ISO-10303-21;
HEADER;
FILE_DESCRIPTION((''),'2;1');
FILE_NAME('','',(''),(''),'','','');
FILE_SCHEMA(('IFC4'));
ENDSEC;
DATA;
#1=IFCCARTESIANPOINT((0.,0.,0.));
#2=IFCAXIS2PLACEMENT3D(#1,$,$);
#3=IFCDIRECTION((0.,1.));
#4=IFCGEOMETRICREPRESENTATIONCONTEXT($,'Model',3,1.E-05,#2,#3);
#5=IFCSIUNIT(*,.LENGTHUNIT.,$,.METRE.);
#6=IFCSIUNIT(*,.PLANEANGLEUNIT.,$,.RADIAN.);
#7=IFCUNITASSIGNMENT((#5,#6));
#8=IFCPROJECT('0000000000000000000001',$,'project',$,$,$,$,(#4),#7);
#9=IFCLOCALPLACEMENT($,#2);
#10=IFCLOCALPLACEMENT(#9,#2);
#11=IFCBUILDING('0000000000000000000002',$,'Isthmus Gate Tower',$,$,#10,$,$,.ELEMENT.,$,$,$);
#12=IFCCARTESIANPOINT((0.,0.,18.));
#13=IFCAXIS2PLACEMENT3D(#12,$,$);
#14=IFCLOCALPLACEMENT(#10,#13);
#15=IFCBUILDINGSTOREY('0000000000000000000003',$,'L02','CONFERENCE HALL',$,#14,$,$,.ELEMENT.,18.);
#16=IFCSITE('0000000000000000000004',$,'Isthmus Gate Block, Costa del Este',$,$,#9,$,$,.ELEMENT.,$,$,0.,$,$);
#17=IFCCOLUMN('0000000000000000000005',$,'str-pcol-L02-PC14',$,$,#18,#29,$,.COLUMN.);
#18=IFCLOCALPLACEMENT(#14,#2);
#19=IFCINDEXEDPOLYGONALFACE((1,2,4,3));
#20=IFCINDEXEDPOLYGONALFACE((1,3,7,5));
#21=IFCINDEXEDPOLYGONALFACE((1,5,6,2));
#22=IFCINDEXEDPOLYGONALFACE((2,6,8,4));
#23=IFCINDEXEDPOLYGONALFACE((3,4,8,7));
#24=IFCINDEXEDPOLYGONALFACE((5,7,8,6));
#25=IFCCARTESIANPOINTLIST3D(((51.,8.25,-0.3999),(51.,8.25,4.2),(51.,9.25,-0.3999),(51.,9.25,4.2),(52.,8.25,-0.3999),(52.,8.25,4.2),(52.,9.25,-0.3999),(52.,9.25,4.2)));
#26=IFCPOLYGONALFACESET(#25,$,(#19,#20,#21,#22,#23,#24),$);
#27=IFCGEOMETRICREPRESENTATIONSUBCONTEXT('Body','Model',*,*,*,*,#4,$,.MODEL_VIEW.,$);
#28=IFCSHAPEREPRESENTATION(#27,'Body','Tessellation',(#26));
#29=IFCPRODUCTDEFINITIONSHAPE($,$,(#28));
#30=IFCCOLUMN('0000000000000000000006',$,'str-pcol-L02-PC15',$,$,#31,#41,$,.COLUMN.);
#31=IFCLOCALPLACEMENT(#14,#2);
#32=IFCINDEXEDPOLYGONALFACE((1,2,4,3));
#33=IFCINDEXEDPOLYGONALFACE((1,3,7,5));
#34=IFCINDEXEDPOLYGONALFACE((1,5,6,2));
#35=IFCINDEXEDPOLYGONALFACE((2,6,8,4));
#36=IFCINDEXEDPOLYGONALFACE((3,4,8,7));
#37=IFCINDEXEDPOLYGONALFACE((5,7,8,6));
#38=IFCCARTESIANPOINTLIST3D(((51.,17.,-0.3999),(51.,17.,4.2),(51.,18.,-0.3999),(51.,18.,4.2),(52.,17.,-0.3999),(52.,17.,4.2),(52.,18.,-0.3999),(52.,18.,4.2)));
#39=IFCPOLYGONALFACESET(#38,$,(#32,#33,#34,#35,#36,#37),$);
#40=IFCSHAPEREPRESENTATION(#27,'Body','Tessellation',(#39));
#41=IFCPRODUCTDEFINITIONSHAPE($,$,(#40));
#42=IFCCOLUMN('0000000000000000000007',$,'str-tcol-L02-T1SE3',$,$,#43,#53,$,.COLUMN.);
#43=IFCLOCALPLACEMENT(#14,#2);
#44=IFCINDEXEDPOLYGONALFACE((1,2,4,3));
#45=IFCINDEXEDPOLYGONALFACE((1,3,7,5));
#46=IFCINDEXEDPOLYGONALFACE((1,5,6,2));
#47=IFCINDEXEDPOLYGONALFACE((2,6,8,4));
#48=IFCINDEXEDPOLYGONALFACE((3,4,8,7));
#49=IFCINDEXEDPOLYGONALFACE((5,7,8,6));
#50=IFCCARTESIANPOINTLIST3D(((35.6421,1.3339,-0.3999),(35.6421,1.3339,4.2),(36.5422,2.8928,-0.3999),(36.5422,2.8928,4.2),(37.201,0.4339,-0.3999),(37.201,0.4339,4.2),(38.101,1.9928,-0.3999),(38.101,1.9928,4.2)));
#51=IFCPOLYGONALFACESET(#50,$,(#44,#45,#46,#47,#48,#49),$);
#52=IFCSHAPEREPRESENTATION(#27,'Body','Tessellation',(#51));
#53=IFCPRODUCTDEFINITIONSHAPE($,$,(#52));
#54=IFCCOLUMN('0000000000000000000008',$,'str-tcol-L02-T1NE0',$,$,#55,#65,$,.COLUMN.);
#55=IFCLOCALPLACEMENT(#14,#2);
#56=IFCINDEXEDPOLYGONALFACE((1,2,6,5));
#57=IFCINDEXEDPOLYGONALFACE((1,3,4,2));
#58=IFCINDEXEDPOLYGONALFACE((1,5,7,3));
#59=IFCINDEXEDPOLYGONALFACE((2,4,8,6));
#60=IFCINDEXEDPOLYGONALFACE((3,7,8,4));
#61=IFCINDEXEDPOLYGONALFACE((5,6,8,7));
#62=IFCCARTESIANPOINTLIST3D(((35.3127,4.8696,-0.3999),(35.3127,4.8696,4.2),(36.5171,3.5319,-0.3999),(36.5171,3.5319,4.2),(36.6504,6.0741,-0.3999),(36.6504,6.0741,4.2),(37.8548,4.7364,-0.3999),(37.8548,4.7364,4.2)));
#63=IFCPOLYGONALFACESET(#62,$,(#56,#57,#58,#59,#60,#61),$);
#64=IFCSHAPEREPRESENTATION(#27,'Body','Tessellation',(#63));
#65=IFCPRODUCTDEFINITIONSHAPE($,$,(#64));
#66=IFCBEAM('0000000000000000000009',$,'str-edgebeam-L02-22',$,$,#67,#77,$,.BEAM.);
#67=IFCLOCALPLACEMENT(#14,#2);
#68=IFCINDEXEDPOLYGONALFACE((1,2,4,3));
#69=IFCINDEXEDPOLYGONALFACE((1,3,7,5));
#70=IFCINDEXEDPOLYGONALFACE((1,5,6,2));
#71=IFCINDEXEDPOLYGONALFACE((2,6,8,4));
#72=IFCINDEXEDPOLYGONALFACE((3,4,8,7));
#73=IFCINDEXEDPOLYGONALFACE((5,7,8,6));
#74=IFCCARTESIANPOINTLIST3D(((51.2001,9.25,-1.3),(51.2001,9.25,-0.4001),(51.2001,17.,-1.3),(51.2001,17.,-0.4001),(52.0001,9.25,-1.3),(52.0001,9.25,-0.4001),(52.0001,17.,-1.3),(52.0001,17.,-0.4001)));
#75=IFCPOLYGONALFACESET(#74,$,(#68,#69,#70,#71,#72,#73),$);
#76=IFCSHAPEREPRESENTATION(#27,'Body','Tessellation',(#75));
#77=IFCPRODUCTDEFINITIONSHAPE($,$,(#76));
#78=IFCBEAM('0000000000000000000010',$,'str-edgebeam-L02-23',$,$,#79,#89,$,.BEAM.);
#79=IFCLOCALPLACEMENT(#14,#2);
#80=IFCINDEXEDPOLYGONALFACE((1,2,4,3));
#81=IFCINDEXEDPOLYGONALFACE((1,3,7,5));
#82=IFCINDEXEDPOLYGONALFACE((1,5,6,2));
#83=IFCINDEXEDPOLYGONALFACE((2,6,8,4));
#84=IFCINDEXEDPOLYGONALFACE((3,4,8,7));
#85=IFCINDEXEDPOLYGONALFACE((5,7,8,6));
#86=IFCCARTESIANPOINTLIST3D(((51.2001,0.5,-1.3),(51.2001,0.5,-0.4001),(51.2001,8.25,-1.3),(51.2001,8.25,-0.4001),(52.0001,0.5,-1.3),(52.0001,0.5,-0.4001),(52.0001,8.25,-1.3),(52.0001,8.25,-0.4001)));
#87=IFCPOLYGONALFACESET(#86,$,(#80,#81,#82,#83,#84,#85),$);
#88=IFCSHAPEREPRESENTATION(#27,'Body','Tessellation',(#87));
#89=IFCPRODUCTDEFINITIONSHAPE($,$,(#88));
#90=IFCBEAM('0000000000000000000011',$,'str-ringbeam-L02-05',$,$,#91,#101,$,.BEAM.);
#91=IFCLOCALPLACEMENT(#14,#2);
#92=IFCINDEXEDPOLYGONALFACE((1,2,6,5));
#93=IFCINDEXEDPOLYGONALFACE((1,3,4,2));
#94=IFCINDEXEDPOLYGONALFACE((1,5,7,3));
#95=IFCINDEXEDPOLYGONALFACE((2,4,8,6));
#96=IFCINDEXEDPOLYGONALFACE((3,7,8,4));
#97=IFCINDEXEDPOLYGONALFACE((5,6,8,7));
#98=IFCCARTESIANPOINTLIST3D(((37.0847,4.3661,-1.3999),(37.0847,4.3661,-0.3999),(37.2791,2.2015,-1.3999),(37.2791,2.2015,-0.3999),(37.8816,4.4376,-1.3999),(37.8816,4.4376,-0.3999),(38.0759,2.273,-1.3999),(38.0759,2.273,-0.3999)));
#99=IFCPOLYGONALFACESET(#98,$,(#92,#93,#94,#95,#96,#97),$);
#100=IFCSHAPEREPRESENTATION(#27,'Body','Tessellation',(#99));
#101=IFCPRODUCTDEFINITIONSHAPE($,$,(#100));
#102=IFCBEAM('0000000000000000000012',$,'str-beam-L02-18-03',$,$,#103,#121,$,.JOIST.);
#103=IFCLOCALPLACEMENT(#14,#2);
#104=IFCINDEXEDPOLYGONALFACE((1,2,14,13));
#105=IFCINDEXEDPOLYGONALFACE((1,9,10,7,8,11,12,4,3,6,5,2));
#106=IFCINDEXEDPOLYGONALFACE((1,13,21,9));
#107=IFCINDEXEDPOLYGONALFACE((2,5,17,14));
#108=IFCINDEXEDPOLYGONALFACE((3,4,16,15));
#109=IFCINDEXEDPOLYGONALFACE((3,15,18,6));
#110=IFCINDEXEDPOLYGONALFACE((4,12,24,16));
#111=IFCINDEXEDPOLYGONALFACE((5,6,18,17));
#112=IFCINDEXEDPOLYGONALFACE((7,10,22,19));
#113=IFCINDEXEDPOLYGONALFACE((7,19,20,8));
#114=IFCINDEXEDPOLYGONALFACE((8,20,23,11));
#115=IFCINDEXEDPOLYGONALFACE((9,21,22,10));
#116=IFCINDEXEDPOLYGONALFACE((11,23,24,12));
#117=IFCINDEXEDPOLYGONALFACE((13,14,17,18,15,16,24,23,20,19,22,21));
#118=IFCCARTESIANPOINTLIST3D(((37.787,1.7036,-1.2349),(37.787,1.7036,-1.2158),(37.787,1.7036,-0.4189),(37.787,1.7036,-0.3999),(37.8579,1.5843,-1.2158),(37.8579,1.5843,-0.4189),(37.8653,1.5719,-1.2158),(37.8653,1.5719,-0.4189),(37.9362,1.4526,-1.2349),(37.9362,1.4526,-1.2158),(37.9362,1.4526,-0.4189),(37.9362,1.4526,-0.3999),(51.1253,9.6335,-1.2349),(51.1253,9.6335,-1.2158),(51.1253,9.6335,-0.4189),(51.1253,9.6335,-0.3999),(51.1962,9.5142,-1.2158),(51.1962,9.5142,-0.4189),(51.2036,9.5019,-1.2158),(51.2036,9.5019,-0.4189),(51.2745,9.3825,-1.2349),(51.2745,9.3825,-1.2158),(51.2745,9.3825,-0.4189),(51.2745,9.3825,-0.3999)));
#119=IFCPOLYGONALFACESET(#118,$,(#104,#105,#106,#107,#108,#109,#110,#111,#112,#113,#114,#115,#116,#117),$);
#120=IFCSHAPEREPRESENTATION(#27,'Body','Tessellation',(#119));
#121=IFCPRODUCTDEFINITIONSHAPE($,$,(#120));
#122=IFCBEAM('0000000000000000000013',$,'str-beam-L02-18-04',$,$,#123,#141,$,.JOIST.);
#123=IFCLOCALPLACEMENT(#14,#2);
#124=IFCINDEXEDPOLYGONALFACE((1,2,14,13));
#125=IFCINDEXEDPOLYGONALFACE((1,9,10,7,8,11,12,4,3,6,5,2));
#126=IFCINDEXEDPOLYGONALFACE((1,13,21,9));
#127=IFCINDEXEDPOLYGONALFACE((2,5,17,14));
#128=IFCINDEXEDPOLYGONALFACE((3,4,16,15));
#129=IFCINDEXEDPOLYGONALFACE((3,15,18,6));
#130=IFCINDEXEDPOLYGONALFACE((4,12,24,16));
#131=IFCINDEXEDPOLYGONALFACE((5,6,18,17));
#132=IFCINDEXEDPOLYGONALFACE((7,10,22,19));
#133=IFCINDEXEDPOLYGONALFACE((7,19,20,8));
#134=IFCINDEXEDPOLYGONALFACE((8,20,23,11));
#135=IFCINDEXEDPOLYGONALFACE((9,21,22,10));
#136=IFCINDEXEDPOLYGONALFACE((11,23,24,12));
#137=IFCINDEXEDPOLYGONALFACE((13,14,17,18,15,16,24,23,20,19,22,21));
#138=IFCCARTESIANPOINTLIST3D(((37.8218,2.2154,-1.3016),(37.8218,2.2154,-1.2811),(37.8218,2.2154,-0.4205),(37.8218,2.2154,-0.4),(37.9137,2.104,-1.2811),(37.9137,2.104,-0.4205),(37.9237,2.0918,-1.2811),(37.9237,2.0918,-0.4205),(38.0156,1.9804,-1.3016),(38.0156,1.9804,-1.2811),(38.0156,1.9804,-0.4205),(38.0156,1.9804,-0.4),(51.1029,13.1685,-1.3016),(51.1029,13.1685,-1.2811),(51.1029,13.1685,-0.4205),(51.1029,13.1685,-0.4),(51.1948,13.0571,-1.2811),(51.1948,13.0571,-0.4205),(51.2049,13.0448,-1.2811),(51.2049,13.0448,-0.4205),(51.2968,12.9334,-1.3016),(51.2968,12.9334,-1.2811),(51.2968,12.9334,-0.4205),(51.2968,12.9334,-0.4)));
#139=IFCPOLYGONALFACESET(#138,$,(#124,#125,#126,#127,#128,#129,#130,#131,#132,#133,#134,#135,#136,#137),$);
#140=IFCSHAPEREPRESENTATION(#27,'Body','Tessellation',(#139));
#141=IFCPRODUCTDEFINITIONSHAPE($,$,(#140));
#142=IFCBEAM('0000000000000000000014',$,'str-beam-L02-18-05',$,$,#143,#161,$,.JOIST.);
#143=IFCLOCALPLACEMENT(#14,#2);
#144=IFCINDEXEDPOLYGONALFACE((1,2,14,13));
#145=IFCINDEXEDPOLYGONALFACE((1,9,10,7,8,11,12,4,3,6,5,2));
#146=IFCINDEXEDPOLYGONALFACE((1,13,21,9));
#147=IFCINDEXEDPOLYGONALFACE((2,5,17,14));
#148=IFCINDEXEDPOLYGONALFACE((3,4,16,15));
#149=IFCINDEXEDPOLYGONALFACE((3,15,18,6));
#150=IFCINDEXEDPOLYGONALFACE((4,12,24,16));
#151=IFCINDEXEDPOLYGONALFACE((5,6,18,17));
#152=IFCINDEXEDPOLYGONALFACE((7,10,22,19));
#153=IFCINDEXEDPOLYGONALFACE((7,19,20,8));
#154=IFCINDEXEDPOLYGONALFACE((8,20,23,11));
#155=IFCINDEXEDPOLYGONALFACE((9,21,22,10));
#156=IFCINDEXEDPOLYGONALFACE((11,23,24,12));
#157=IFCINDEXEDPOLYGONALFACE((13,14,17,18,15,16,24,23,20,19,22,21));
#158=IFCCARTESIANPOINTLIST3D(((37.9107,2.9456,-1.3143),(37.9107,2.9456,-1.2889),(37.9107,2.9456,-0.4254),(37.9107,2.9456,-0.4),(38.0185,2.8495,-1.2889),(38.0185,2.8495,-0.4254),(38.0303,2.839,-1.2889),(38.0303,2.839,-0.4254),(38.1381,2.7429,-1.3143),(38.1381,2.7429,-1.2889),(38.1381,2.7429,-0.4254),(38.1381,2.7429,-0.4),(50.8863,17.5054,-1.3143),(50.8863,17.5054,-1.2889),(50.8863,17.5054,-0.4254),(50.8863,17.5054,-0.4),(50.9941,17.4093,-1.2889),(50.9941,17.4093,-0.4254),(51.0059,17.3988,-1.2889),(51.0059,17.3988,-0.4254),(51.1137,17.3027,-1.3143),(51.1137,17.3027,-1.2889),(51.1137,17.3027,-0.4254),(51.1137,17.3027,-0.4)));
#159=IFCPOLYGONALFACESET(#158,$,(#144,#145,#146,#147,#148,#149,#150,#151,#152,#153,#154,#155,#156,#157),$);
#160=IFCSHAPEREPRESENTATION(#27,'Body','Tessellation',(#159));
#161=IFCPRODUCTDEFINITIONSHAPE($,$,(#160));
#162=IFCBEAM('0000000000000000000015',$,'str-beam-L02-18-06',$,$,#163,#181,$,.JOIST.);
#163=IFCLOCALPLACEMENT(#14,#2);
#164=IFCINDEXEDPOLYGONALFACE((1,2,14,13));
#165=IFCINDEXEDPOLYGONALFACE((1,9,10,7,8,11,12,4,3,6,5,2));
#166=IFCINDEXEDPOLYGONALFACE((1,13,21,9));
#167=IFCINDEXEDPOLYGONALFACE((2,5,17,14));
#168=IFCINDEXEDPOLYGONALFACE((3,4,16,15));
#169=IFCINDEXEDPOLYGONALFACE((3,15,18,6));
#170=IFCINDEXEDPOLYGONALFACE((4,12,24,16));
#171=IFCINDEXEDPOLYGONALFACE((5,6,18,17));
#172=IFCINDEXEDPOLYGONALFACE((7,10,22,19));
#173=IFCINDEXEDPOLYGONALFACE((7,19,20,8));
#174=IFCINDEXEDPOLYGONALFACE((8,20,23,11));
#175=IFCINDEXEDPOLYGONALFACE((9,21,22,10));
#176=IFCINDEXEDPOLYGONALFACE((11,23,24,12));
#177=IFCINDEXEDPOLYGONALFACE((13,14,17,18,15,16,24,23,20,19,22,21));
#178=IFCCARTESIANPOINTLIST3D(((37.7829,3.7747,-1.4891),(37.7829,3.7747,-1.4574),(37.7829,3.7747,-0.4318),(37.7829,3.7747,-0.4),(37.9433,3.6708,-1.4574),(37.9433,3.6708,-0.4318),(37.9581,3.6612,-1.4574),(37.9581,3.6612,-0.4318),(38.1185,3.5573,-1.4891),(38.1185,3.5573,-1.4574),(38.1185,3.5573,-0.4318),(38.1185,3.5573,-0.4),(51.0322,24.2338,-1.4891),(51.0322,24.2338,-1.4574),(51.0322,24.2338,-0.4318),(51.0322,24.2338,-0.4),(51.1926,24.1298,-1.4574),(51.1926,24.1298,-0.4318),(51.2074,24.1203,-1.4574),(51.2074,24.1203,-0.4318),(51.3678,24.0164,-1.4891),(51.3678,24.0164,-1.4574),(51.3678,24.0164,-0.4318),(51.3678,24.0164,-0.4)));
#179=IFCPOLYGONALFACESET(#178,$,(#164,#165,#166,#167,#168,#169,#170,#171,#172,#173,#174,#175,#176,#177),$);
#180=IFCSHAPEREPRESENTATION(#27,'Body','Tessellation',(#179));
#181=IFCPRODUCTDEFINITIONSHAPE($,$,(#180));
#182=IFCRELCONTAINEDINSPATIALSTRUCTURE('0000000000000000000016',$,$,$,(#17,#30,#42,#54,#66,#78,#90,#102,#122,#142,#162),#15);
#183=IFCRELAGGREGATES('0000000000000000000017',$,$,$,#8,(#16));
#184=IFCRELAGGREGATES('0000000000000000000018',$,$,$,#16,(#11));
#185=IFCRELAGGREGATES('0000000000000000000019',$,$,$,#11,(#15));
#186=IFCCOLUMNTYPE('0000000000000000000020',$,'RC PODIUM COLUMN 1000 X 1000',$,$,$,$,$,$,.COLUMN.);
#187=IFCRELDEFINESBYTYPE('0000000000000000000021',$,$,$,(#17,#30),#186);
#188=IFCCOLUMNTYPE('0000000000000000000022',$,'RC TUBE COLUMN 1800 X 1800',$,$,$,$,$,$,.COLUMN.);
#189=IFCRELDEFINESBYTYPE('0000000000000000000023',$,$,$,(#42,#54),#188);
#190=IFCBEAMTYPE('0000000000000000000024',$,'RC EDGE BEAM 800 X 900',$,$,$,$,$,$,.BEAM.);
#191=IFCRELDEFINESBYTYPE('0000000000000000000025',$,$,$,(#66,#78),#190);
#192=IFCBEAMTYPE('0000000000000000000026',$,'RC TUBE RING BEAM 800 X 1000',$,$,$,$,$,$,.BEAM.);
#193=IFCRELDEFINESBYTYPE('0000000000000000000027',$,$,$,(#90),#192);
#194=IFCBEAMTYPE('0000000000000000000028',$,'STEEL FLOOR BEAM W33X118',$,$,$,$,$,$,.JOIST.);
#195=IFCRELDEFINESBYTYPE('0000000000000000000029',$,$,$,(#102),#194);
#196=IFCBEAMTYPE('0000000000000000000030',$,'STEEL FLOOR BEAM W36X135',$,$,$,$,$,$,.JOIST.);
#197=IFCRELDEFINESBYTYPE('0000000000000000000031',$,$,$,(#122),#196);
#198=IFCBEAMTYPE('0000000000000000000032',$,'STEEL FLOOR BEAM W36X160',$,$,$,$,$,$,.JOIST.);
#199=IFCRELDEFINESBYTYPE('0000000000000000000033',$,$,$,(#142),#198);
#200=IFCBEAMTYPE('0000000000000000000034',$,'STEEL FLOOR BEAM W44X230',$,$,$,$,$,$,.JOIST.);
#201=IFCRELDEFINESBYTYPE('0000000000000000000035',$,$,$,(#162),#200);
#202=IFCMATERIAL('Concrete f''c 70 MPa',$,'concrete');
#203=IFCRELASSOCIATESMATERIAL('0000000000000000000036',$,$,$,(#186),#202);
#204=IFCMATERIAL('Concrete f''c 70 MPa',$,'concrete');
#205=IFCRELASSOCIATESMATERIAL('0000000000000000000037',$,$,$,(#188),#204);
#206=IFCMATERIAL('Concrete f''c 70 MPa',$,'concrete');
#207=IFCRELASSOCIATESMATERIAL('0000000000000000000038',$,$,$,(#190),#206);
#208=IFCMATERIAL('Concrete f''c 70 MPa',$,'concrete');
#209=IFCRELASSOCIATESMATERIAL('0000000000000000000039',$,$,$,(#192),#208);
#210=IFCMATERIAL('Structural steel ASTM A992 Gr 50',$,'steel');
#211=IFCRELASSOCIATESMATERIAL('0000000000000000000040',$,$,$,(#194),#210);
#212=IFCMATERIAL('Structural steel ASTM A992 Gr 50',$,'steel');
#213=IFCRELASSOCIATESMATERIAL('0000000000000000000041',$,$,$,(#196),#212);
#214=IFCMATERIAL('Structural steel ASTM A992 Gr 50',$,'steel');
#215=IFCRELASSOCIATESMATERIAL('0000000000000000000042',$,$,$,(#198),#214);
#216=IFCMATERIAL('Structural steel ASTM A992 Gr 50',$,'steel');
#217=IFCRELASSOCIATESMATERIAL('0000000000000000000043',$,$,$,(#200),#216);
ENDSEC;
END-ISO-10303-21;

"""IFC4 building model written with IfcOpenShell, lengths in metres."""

from ifc_helpers import new_model, si_unit, direction, frame, origin, origin_2d, place, context, subcontext, project, spatial, rectangle, i_section, extrude, material, material_profile, profile_set, type_object, element, save


model = new_model("IFC4")

# Units and contexts
model_context = context("Model", 3, precision=1e-05, world=origin(), true_north=direction((0.0, 1.0)))
body_context = subcontext(model_context, "Body", "Model", "MODEL_VIEW")
ifc_project = project(units=[si_unit("LENGTHUNIT", "METRE"), si_unit("PLANEANGLEUNIT", "RADIAN")], contexts=[model_context])

# Site, building, storey
site_placement = place(None, origin())
site = spatial("IfcSite", under=ifc_project, at=site_placement, Name="Isthmus Gate Block, Costa del Este", CompositionType="ELEMENT", RefElevation=0.0)
building_placement = place(site_placement, origin())
building = spatial("IfcBuilding", under=site, at=building_placement, Name="Isthmus Gate Tower", CompositionType="ELEMENT")
storey_placement = place(building_placement, frame((0.0, 0.0, 18.0)))
storey = spatial("IfcBuildingStorey", under=building, at=storey_placement, Name="L02", Description="CONFERENCE HALL", CompositionType="ELEMENT", Elevation=18.0)

# Columns
ifc_material_1 = material(Name="Concrete f'c 70 MPa", Category="concrete")
ifc_material_profile_1 = material_profile(ifc_material_1, rectangle(XDim=1.0, YDim=1.0, at=origin_2d()), Name="RC 1000X1000")
ifc_profile_set_1 = profile_set([ifc_material_profile_1], Name="Concrete f'c 70 MPa")
column_type_1 = type_object("IfcColumnType", Name="RC PODIUM COLUMN 1000 X 1000", PredefinedType="COLUMN", material=ifc_profile_set_1)
for number, where, z_axis, x_axis, name in (
    (1, (51.5, 8.75, -0.3999), (0.0, 0.0, 1.0), (0.0, 1.0, 0.0), "str-pcol-L02-PC14"),
    (2, (51.5, 17.5, -0.3999), (0.0, 0.0, 1.0), (0.0, 1.0, 0.0), "str-pcol-L02-PC15"),
):
    element("IfcColumn", number, at=place(storey_placement, frame(where, z_axis=z_axis, x_axis=x_axis)), inside=storey, type_object=column_type_1, Name=name, PredefinedType="COLUMN", context=body_context, shape_type="SweptSolid", body=[
        extrude(rectangle(XDim=1.0, YDim=1.0, at=origin_2d()), origin(), (0.0, 0.0, 1.0), 4.5999),
    ])
ifc_material_2 = material(Name="Concrete f'c 70 MPa", Category="concrete")
ifc_material_profile_2 = material_profile(ifc_material_2, rectangle(XDim=1.8, YDim=1.8, at=origin_2d()), Name="RC 1800X1800")
ifc_profile_set_2 = profile_set([ifc_material_profile_2], Name="Concrete f'c 70 MPa")
column_type_2 = type_object("IfcColumnType", Name="RC TUBE COLUMN 1800 X 1800", PredefinedType="COLUMN", material=ifc_profile_set_2)
for number, where, z_axis, x_axis, name in (
    (3, (36.8716, 1.6633, -0.3999), (0.0, 0.0, 1.0), (0.5, 0.866025, 0.0), "str-tcol-L02-T1SE3"),
    (4, (36.5837, 4.803, -0.3999), (0.0, 0.0, 1.0), (-0.669131, 0.743145, 0.0), "str-tcol-L02-T1NE0"),
):
    element("IfcColumn", number, at=place(storey_placement, frame(where, z_axis=z_axis, x_axis=x_axis)), inside=storey, type_object=column_type_2, Name=name, PredefinedType="COLUMN", context=body_context, shape_type="SweptSolid", body=[
        extrude(rectangle(XDim=1.8, YDim=1.8, at=origin_2d()), origin(), (0.0, 0.0, 1.0), 4.5999),
    ])

# Beams
ifc_material_3 = material(Name="Concrete f'c 70 MPa", Category="concrete")
ifc_material_profile_3 = material_profile(ifc_material_3, rectangle(XDim=0.8, YDim=0.8999, at=origin_2d()), Name="RC 800X900")
ifc_profile_set_3 = profile_set([ifc_material_profile_3], Name="Concrete f'c 70 MPa")
beam_type_1 = type_object("IfcBeamType", Name="RC EDGE BEAM 800 X 900", PredefinedType="BEAM", material=ifc_profile_set_3)
for number, where, z_axis, x_axis, name in (
    (5, (51.6001, 17.0, -0.8501), (0.0, -1.0, 0.0), (1.0, 0.0, 0.0), "str-edgebeam-L02-22"),
    (6, (51.6001, 8.25, -0.8501), (0.0, -1.0, 0.0), (1.0, 0.0, 0.0), "str-edgebeam-L02-23"),
):
    element("IfcBeam", number, at=place(storey_placement, frame(where, z_axis=z_axis, x_axis=x_axis)), inside=storey, type_object=beam_type_1, Name=name, PredefinedType="BEAM", context=body_context, shape_type="SweptSolid", body=[
        extrude(rectangle(XDim=0.8, YDim=0.8999, at=origin_2d()), origin(), (0.0, 0.0, 1.0), 7.75),
    ])
ifc_material_4 = material(Name="Concrete f'c 70 MPa", Category="concrete")
ifc_material_profile_4 = material_profile(ifc_material_4, rectangle(XDim=0.8, YDim=1.0, at=origin_2d()), Name="RC 800X1000")
ifc_profile_set_4 = profile_set([ifc_material_profile_4], Name="Concrete f'c 70 MPa")
beam_type_2 = type_object("IfcBeamType", Name="RC TUBE RING BEAM 800 X 1000", PredefinedType="BEAM", material=ifc_profile_set_4)
beam_1_placement = place(storey_placement, frame((37.4832, 4.4019, -0.8999), z_axis=(0.089422, -0.995994, 0.0), x_axis=(0.995994, 0.089422, 0.0)))
element("IfcBeam", 7, at=beam_1_placement, inside=storey, type_object=beam_type_2, Name="str-ringbeam-L02-05", PredefinedType="BEAM", context=body_context, shape_type="SweptSolid", body=[
    extrude(rectangle(XDim=0.8, YDim=1.0, at=origin_2d()), origin(), (0.0, 0.0, 1.0), 2.1733),
])
ifc_material_5 = material(Name="Structural steel ASTM A992 Gr 50", Category="steel")
ifc_material_profile_5 = material_profile(ifc_material_5, i_section(OverallWidth=0.292, OverallDepth=0.835, WebThickness=0.0144, FlangeThickness=0.019, at=origin_2d()), Name="W33X118")
ifc_profile_set_5 = profile_set([ifc_material_profile_5], Name="Structural steel ASTM A992 Gr 50")
beam_type_3 = type_object("IfcBeamType", Name="STEEL FLOOR BEAM W33X118", PredefinedType="JOIST", material=ifc_profile_set_5)
beam_2_placement = place(storey_placement, frame((37.8616, 1.5781, -0.8174), z_axis=(0.859564, 0.511028, 0.0), x_axis=(-0.511028, 0.859564, 0.0)))
element("IfcBeam", 8, at=beam_2_placement, inside=storey, type_object=beam_type_3, Name="str-beam-L02-18-03", PredefinedType="JOIST", context=body_context, shape_type="SweptSolid", body=[
    extrude(i_section(OverallWidth=0.292, OverallDepth=0.835, WebThickness=0.0144, FlangeThickness=0.019, at=origin_2d()), origin(), (0.0, 0.0, 1.0), 15.5176),
])
ifc_material_6 = material(Name="Structural steel ASTM A992 Gr 50", Category="steel")
ifc_material_profile_6 = material_profile(ifc_material_6, i_section(OverallWidth=0.3047, OverallDepth=0.9016, WebThickness=0.0159, FlangeThickness=0.0205, at=origin_2d()), Name="W36X135")
ifc_profile_set_6 = profile_set([ifc_material_profile_6], Name="Structural steel ASTM A992 Gr 50")
beam_type_4 = type_object("IfcBeamType", Name="STEEL FLOOR BEAM W36X135", PredefinedType="JOIST", material=ifc_profile_set_6)
beam_3_placement = place(storey_placement, frame((37.9187, 2.0979, -0.8508), z_axis=(0.771485, 0.636248, 0.0), x_axis=(-0.636248, 0.771485, 0.0)))
element("IfcBeam", 9, at=beam_3_placement, inside=storey, type_object=beam_type_4, Name="str-beam-L02-18-04", PredefinedType="JOIST", context=body_context, shape_type="SweptSolid", body=[
    extrude(i_section(OverallWidth=0.3047, OverallDepth=0.9016, WebThickness=0.0159, FlangeThickness=0.0205, at=origin_2d()), origin(), (0.0, 0.0, 1.0), 17.2151),
])
ifc_material_7 = material(Name="Structural steel ASTM A992 Gr 50", Category="steel")
ifc_material_profile_7 = material_profile(ifc_material_7, i_section(OverallWidth=0.3047, OverallDepth=0.9143, WebThickness=0.0159, FlangeThickness=0.0254, at=origin_2d()), Name="W36X160")
ifc_profile_set_7 = profile_set([ifc_material_profile_7], Name="Structural steel ASTM A992 Gr 50")
beam_type_5 = type_object("IfcBeamType", Name="STEEL FLOOR BEAM W36X160", PredefinedType="JOIST", material=ifc_profile_set_7)
beam_4_placement = place(storey_placement, frame((38.0244, 2.8442, -0.8572), z_axis=(0.665324, 0.746555, 0.0), x_axis=(-0.746555, 0.665324, 0.0)))
element("IfcBeam", 10, at=beam_4_placement, inside=storey, type_object=beam_type_5, Name="str-beam-L02-18-05", PredefinedType="JOIST", context=body_context, shape_type="SweptSolid", body=[
    extrude(i_section(OverallWidth=0.3047, OverallDepth=0.9143, WebThickness=0.0159, FlangeThickness=0.0254, at=origin_2d()), origin(), (0.0, 0.0, 1.0), 19.5027),
])
ifc_material_8 = material(Name="Structural steel ASTM A992 Gr 50", Category="steel")
ifc_material_profile_8 = material_profile(ifc_material_8, i_section(OverallWidth=0.3999, OverallDepth=1.0891, WebThickness=0.0176, FlangeThickness=0.0317, at=origin_2d()), Name="W44X230")
ifc_profile_set_8 = profile_set([ifc_material_profile_8], Name="Structural steel ASTM A992 Gr 50")
beam_type_6 = type_object("IfcBeamType", Name="STEEL FLOOR BEAM W44X230", PredefinedType="JOIST", material=ifc_profile_set_8)
beam_5_placement = place(storey_placement, frame((37.9507, 3.666, -0.9446), z_axis=(0.543572, 0.839362, 0.0), x_axis=(-0.839362, 0.543572, 0.0)))
element("IfcBeam", 11, at=beam_5_placement, inside=storey, type_object=beam_type_6, Name="str-beam-L02-18-06", PredefinedType="JOIST", context=body_context, shape_type="SweptSolid", body=[
    extrude(i_section(OverallWidth=0.3999, OverallDepth=1.0891, WebThickness=0.0176, FlangeThickness=0.0317, at=origin_2d()), origin(), (0.0, 0.0, 1.0), 24.3745),
])

save(model, "model.ifc")
